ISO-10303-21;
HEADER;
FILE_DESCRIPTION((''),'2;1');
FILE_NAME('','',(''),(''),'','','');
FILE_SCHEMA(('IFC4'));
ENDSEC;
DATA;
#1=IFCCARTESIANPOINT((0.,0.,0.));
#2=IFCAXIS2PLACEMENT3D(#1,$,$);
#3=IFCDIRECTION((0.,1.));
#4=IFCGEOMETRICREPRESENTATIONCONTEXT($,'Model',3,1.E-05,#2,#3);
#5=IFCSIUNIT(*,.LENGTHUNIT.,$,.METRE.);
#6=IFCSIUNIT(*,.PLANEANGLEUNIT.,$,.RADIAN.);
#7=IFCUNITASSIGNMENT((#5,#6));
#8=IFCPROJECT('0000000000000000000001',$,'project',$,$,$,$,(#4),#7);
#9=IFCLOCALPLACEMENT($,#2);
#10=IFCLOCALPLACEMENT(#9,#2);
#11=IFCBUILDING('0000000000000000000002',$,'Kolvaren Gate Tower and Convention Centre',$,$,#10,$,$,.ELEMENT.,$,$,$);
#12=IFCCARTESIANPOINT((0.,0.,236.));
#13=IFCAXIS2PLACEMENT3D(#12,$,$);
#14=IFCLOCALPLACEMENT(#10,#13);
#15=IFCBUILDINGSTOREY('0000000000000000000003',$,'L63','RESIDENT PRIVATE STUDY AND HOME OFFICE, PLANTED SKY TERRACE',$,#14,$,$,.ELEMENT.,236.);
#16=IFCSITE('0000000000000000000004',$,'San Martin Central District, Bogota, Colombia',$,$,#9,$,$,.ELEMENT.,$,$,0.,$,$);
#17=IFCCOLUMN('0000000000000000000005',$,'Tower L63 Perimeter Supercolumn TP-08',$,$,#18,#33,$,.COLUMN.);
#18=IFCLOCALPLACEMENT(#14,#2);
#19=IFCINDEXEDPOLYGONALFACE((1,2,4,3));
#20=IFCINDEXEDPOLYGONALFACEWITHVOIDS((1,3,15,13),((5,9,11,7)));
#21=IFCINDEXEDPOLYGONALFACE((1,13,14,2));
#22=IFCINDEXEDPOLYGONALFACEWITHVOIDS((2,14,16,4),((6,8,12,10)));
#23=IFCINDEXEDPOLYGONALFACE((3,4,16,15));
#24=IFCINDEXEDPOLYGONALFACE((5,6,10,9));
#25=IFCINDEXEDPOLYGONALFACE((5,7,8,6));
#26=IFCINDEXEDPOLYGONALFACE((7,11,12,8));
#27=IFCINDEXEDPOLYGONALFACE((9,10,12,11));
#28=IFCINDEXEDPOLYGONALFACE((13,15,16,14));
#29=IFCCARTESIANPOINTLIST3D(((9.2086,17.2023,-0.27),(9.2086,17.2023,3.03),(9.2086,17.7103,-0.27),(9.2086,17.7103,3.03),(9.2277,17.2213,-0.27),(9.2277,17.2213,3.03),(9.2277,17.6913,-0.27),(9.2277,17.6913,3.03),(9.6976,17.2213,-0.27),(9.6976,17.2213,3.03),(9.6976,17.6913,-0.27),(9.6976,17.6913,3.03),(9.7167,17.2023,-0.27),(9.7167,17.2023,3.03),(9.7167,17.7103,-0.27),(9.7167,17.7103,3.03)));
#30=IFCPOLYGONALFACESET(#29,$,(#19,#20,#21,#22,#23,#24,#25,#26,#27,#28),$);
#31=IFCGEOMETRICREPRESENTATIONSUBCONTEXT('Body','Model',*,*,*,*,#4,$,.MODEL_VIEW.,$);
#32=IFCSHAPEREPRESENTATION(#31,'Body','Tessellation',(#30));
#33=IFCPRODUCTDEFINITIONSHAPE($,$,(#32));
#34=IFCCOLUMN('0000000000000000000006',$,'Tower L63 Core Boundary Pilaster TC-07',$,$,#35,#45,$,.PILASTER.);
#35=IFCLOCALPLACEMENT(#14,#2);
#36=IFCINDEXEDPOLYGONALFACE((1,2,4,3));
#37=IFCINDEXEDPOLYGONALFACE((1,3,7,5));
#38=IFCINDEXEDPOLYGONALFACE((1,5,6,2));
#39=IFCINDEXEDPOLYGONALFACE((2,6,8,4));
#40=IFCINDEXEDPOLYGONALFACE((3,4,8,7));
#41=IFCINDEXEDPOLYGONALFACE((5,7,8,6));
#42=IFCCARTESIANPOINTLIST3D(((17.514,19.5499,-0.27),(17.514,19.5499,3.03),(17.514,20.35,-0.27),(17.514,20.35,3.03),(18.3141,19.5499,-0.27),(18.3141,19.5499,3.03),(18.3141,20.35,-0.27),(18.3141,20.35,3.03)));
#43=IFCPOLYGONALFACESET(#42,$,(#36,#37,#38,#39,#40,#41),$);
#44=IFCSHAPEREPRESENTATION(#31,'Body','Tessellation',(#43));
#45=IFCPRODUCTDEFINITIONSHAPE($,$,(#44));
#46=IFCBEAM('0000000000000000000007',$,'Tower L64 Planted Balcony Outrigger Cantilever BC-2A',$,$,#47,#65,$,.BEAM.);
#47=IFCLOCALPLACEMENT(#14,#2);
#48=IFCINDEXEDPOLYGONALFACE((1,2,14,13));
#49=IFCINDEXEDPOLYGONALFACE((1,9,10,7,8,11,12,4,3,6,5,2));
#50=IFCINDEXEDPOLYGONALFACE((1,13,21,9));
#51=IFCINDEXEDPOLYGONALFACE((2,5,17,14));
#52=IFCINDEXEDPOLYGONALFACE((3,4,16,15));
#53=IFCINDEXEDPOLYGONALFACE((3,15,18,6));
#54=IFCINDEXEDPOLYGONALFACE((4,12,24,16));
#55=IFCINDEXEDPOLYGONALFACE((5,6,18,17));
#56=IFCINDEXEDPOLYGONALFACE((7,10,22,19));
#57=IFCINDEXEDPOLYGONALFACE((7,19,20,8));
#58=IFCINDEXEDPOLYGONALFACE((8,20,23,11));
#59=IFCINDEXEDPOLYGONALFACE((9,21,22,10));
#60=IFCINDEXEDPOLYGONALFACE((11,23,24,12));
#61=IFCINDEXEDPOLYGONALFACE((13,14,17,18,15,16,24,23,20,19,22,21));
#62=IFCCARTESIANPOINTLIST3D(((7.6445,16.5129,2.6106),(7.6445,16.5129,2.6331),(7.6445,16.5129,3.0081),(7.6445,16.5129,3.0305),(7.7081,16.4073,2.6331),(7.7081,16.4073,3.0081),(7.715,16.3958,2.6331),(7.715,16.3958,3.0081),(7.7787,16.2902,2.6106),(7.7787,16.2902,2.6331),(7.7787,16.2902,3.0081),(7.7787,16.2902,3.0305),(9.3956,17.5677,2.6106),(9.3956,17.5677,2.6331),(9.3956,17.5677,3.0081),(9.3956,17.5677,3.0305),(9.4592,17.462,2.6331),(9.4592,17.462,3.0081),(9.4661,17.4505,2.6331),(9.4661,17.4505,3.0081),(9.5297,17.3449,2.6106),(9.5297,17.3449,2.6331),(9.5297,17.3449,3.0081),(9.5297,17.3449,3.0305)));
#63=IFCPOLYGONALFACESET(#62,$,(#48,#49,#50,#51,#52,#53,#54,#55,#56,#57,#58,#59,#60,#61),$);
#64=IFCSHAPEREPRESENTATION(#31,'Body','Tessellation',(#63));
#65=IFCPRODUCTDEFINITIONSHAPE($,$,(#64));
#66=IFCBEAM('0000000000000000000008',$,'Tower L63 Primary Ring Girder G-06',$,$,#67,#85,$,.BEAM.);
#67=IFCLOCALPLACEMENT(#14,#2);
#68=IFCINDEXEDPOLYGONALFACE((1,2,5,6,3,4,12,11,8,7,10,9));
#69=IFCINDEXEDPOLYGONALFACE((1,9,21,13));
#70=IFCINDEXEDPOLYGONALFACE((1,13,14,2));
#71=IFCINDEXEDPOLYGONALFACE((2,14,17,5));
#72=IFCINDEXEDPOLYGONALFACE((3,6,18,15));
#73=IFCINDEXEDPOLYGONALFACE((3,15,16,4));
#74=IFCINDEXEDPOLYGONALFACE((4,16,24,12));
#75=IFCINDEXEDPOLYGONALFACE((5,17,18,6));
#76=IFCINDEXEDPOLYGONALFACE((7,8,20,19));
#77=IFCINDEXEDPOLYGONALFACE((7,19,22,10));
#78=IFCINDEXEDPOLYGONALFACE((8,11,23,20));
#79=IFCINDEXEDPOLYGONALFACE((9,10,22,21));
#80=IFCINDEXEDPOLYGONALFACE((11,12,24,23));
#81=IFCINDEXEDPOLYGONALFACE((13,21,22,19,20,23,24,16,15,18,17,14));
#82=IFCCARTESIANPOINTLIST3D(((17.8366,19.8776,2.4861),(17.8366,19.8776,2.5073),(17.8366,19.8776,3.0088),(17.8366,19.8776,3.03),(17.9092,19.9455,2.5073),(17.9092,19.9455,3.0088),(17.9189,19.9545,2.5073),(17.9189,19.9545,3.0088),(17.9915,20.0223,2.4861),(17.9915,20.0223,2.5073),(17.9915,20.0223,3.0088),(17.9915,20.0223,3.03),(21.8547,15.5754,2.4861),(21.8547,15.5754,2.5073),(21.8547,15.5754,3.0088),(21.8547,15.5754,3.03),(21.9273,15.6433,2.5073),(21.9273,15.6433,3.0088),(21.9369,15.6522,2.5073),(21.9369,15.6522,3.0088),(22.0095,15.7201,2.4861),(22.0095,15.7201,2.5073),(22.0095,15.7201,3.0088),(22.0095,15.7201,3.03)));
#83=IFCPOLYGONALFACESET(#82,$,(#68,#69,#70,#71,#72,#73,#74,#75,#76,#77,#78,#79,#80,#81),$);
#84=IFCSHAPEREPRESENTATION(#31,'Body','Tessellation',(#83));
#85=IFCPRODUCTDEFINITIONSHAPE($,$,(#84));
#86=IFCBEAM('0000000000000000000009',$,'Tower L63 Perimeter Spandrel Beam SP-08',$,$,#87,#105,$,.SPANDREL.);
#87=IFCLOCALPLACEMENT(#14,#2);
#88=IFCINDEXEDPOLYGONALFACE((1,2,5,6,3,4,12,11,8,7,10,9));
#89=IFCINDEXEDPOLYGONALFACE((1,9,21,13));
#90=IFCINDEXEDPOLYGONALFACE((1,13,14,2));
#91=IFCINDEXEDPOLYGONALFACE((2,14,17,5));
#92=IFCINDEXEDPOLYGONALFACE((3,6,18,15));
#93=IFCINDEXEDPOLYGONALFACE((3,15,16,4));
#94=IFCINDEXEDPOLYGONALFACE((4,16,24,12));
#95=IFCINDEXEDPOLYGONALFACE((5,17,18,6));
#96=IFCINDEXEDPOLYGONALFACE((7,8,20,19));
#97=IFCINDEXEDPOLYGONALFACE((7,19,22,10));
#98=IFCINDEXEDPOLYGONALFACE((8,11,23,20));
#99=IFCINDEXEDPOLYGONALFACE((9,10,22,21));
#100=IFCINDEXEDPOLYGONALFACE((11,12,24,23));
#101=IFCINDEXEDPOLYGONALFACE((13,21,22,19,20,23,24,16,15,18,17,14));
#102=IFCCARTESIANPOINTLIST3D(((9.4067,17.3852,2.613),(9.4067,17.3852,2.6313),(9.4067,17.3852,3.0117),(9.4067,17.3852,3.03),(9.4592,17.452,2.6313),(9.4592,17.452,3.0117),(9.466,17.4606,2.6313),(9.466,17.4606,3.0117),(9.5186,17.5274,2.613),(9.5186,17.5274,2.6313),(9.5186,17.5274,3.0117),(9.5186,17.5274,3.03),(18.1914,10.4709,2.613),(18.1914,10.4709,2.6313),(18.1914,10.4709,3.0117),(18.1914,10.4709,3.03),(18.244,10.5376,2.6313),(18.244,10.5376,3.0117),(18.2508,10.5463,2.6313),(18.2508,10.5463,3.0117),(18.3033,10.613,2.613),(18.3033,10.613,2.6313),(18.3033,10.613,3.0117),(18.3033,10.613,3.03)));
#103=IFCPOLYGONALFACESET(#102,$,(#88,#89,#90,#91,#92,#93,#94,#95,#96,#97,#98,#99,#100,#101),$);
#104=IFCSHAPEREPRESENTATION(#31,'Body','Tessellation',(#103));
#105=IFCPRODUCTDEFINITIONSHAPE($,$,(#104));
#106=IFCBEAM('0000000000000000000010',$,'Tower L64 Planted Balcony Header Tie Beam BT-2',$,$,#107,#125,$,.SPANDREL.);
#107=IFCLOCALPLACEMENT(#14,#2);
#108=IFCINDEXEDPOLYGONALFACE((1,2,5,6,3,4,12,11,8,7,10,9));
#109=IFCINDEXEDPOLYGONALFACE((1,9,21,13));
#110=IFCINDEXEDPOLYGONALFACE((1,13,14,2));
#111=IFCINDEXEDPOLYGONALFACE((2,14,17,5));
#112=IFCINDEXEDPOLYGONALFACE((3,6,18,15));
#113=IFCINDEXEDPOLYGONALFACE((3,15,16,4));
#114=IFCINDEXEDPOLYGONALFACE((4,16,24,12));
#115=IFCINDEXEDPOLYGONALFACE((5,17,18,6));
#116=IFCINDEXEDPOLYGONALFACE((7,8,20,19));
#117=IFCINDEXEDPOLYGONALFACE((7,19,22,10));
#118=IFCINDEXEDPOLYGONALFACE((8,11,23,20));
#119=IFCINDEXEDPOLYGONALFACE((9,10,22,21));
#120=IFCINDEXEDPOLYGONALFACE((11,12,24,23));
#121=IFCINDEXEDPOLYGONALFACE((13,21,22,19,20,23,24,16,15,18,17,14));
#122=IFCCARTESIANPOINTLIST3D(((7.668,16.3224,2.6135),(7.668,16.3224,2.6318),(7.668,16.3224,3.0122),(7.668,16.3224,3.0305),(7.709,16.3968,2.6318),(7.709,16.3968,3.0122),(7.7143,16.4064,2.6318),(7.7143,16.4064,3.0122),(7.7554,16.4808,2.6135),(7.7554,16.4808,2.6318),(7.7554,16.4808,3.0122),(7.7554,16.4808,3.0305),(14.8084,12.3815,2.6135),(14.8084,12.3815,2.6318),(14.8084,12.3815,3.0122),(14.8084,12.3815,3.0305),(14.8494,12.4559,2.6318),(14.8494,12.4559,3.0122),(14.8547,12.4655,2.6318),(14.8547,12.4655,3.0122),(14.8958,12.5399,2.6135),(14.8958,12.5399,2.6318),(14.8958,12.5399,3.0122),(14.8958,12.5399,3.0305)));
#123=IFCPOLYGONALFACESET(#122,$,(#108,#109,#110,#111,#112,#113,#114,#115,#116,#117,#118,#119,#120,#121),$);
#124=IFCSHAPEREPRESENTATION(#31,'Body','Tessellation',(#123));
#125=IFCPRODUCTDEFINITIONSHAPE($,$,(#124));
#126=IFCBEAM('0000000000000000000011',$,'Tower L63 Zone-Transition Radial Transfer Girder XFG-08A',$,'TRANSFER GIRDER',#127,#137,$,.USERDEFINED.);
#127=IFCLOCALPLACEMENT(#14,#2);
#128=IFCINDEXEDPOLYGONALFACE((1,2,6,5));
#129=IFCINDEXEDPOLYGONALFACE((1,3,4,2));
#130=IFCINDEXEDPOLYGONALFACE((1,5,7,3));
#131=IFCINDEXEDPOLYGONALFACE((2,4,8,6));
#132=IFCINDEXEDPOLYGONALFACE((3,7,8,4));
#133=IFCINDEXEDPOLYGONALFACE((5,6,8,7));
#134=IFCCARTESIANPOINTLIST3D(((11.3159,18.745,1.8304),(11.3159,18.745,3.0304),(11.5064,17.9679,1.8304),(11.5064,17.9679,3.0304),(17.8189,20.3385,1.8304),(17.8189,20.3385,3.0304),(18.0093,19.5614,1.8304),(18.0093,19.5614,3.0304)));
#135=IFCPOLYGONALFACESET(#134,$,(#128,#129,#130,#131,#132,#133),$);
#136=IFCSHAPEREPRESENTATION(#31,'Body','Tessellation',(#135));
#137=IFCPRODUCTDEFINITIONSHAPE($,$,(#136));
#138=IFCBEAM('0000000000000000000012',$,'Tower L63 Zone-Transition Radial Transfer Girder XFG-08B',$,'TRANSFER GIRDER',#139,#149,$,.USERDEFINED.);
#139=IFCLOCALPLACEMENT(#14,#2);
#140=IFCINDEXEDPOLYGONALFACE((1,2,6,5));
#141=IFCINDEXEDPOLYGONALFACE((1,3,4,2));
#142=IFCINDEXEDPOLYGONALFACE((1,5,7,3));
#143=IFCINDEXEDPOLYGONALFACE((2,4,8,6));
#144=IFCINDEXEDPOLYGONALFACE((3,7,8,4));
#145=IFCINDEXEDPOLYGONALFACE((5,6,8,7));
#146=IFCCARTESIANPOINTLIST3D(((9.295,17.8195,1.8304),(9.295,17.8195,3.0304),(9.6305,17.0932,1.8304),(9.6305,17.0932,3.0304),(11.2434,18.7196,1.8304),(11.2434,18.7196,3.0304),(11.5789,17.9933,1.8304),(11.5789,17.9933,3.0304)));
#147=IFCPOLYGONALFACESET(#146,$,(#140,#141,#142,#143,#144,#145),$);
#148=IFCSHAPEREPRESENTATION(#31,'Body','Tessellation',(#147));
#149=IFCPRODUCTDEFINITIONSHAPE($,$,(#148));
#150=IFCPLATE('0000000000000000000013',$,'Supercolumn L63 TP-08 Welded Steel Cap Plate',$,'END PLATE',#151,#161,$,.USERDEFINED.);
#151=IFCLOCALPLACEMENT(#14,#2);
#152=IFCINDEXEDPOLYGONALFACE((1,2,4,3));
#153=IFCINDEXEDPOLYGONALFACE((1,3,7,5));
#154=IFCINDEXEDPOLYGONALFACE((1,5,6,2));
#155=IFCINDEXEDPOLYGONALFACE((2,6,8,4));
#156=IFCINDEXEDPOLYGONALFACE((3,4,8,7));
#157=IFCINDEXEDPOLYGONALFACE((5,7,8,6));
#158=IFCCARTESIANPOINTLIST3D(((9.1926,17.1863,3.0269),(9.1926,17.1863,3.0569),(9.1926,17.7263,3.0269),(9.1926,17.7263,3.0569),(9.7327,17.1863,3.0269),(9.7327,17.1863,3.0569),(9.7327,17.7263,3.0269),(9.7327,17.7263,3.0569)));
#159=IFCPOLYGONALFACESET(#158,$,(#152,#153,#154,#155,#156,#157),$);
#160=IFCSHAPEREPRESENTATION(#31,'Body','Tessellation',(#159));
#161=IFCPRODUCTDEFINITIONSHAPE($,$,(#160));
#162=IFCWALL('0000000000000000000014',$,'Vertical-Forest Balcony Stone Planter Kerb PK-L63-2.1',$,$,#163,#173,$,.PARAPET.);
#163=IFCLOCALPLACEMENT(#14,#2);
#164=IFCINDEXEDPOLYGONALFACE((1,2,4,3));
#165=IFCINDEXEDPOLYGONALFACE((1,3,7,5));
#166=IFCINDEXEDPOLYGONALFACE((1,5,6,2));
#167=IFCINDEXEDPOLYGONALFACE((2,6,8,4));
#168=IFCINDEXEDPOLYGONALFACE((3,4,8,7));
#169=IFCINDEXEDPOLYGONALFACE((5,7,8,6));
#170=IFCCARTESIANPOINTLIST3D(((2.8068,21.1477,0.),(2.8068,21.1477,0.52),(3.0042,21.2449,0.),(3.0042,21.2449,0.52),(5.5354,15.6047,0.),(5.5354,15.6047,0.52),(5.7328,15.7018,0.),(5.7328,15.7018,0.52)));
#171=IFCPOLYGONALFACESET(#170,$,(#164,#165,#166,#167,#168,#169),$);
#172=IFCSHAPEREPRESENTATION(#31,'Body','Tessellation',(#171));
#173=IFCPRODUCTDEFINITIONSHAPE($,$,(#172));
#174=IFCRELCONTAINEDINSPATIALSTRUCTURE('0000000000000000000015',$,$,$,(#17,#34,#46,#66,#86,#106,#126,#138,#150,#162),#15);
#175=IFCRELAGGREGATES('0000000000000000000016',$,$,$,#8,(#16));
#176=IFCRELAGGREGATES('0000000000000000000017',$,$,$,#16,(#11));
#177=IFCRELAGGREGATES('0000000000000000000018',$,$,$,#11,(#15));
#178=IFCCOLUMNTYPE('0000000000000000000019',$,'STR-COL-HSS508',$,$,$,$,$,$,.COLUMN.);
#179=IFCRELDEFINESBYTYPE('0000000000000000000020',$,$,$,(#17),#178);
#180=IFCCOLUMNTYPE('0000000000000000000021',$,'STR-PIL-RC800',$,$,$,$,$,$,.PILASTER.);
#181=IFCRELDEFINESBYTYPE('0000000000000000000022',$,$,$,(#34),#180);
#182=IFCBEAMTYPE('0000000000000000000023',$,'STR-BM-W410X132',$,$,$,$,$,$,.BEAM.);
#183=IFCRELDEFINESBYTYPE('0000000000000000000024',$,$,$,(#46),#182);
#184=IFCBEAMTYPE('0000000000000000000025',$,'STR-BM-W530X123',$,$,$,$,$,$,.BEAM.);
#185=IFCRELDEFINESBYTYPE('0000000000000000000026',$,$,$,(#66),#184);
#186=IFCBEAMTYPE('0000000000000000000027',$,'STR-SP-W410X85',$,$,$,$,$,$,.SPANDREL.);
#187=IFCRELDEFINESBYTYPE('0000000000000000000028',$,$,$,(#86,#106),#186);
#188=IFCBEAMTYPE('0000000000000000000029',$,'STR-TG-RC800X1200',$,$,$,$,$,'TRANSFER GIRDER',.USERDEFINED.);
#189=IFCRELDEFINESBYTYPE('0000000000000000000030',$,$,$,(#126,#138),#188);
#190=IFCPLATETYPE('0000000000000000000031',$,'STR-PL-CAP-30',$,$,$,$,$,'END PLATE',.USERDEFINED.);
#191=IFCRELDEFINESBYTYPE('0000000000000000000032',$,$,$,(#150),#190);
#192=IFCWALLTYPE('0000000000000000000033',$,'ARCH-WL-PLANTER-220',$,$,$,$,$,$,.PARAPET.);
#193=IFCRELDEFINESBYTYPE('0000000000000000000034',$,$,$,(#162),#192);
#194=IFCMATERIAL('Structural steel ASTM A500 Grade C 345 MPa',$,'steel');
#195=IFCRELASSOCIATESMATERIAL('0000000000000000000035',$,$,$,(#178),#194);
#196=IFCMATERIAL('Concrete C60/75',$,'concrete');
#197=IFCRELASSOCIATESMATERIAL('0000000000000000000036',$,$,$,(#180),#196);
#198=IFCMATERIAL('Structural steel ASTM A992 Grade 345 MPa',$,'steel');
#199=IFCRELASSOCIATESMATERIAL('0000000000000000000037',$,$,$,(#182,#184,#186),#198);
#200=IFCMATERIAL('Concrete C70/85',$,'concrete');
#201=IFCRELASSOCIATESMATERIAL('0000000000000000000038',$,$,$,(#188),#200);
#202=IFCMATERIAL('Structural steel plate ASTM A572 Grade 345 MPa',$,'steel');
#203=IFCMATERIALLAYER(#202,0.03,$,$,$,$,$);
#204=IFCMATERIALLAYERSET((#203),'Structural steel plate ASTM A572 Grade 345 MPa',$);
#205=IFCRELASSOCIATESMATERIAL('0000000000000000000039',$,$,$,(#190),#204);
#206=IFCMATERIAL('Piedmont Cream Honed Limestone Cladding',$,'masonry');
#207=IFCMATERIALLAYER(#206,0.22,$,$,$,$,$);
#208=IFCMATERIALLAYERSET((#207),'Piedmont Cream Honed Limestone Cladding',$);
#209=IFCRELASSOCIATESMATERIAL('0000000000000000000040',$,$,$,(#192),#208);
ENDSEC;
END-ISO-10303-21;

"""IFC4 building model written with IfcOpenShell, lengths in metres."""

from ifc_helpers import new_model, si_unit, direction, frame, frame_2d, origin, origin_2d, place, context, subcontext, project, spatial, rectangle, hollow_rectangle, i_section, extrude, material, layer, layer_set, material_profile, profile_set, type_object, element, save


model = new_model("IFC4")

# Units and contexts
model_context = context("Model", 3, precision=1e-05, world=origin(), true_north=direction((0.0, 1.0)))
body_context = subcontext(model_context, "Body", "Model", "MODEL_VIEW")
ifc_project = project(units=[si_unit("LENGTHUNIT", "METRE"), si_unit("PLANEANGLEUNIT", "RADIAN")], contexts=[model_context])

# Site, building, storey
site_placement = place(None, origin())
site = spatial("IfcSite", under=ifc_project, at=site_placement, Name="San Martin Central District, Bogota, Colombia", CompositionType="ELEMENT", RefElevation=0.0)
building_placement = place(site_placement, origin())
building = spatial("IfcBuilding", under=site, at=building_placement, Name="Kolvaren Gate Tower and Convention Centre", CompositionType="ELEMENT")
storey_placement = place(building_placement, frame((0.0, 0.0, 236.0)))
storey = spatial("IfcBuildingStorey", under=building, at=storey_placement, Name="L63", Description="RESIDENT PRIVATE STUDY AND HOME OFFICE, PLANTED SKY TERRACE", CompositionType="ELEMENT", Elevation=236.0)

# Columns
ifc_material_1 = material(Name="Structural steel ASTM A500 Grade C 345 MPa", Category="steel")
ifc_material_profile_1 = material_profile(ifc_material_1, hollow_rectangle(XDim=0.5081, YDim=0.5081, WallThickness=0.019, at=origin_2d()), Name="HSS508X508X19.1")
ifc_profile_set_1 = profile_set([ifc_material_profile_1], Name="Structural steel ASTM A500 Grade C 345 MPa")
column_type_1 = type_object("IfcColumnType", Name="STR-COL-HSS508", PredefinedType="COLUMN", material=ifc_profile_set_1)
column_1_placement = place(storey_placement, frame((9.4626, 17.4563, -0.27), z_axis=(0.0, 0.0, 1.0), x_axis=(1.0, 0.0, 0.0)))
element("IfcColumn", 1, at=column_1_placement, inside=storey, type_object=column_type_1, Name="Tower L63 Perimeter Supercolumn TP-08", PredefinedType="COLUMN", context=body_context, shape_type="SweptSolid", body=[
    extrude(hollow_rectangle(XDim=0.5081, YDim=0.5081, WallThickness=0.019, at=origin_2d()), origin(), (0.0, 0.0, 1.0), 3.3),
])
ifc_material_2 = material(Name="Concrete C60/75", Category="concrete")
ifc_material_profile_2 = material_profile(ifc_material_2, rectangle(XDim=0.8, YDim=0.8, at=origin_2d()), Name="RC-COL-800X800")
ifc_profile_set_2 = profile_set([ifc_material_profile_2], Name="Concrete C60/75")
column_type_2 = type_object("IfcColumnType", Name="STR-PIL-RC800", PredefinedType="PILASTER", material=ifc_profile_set_2)
column_2_placement = place(storey_placement, frame((17.9141, 19.95, -0.27), z_axis=(0.0, 0.0, 1.0), x_axis=(1.0, 0.0, 0.0)))
element("IfcColumn", 2, at=column_2_placement, inside=storey, type_object=column_type_2, Name="Tower L63 Core Boundary Pilaster TC-07", PredefinedType="PILASTER", context=body_context, shape_type="SweptSolid", body=[
    extrude(rectangle(XDim=0.8, YDim=0.8, at=origin_2d()), origin(), (0.0, 0.0, 1.0), 3.3),
])

# Beams
ifc_material_3 = material(Name="Structural steel ASTM A992 Grade 345 MPa", Category="steel")
ifc_material_profile_3 = material_profile(ifc_material_3, i_section(OverallWidth=0.26, OverallDepth=0.4199, WebThickness=0.0134, FlangeThickness=0.0225, at=origin_2d()), Name="W410X132")
ifc_profile_set_3 = profile_set([ifc_material_profile_3], Name="Structural steel ASTM A992 Grade 345 MPa")
beam_type_1 = type_object("IfcBeamType", Name="STR-BM-W410X132", PredefinedType="BEAM", material=ifc_profile_set_3)
beam_1_placement = place(storey_placement, frame((9.4626, 17.4563, 2.8206), z_axis=(-0.856606, -0.51597, 0.0), x_axis=(0.51597, -0.856606, 0.0)))
element("IfcBeam", 3, at=beam_1_placement, inside=storey, type_object=beam_type_1, Name="Tower L64 Planted Balcony Outrigger Cantilever BC-2A", PredefinedType="BEAM", context=body_context, shape_type="SweptSolid", body=[
    extrude(i_section(OverallWidth=0.26, OverallDepth=0.4199, WebThickness=0.0134, FlangeThickness=0.0225, at=origin_2d()), origin(), (0.0, 0.0, 1.0), 2.0442),
])
ifc_material_profile_4 = material_profile(ifc_material_3, i_section(OverallWidth=0.2119, OverallDepth=0.5439, WebThickness=0.0132, FlangeThickness=0.0212, at=origin_2d()), Name="W530X123")
ifc_profile_set_4 = profile_set([ifc_material_profile_4], Name="Structural steel ASTM A992 Grade 345 MPa")
beam_type_2 = type_object("IfcBeamType", Name="STR-BM-W530X123", PredefinedType="BEAM", material=ifc_profile_set_4)
beam_2_placement = place(storey_placement, frame((17.9141, 19.95, 2.7581), z_axis=(0.682558, -0.730832, 0.0), x_axis=(0.730832, 0.682558, 0.0)))
element("IfcBeam", 4, at=beam_2_placement, inside=storey, type_object=beam_type_2, Name="Tower L63 Primary Ring Girder G-06", PredefinedType="BEAM", context=body_context, shape_type="SweptSolid", body=[
    extrude(i_section(OverallWidth=0.2119, OverallDepth=0.5439, WebThickness=0.0132, FlangeThickness=0.0212, at=origin_2d()), origin(), (0.0, 0.0, 1.0), 5.8867),
])
ifc_material_profile_5 = material_profile(ifc_material_3, i_section(OverallWidth=0.1809, OverallDepth=0.417, WebThickness=0.011, FlangeThickness=0.0183, at=origin_2d()), Name="W410X85")
ifc_profile_set_5 = profile_set([ifc_material_profile_5], Name="Structural steel ASTM A992 Grade 345 MPa")
beam_type_3 = type_object("IfcBeamType", Name="STR-SP-W410X85", PredefinedType="SPANDREL", material=ifc_profile_set_5)
beam_3_placement = place(storey_placement, frame((9.4626, 17.4563, 2.8215), z_axis=(0.785794, -0.618489, 0.0), x_axis=(0.618489, 0.785794, 0.0)))
element("IfcBeam", 5, at=beam_3_placement, inside=storey, type_object=beam_type_3, Name="Tower L63 Perimeter Spandrel Beam SP-08", PredefinedType="SPANDREL", context=body_context, shape_type="SweptSolid", body=[
    extrude(i_section(OverallWidth=0.1809, OverallDepth=0.417, WebThickness=0.011, FlangeThickness=0.0183, at=origin_2d()), origin(), (0.0, 0.0, 1.0), 11.1794),
])
beam_4_placement = place(storey_placement, frame((7.7117, 16.4016, 2.822), z_axis=(0.875505, -0.483209, 0.0), x_axis=(0.483209, 0.875505, 0.0)))
element("IfcBeam", 6, at=beam_4_placement, inside=storey, type_object=beam_type_3, Name="Tower L64 Planted Balcony Header Tie Beam BT-2", PredefinedType="SPANDREL", context=body_context, shape_type="SweptSolid", body=[
    extrude(i_section(OverallWidth=0.1809, OverallDepth=0.417, WebThickness=0.011, FlangeThickness=0.0183, at=origin_2d()), origin(), (0.0, 0.0, 1.0), 8.1558),
])
ifc_material_4 = material(Name="Concrete C70/85", Category="concrete")
ifc_material_profile_6 = material_profile(ifc_material_4, rectangle(XDim=0.8, YDim=1.2, at=origin_2d()), Name="RC-BM-800X1200")
ifc_profile_set_6 = profile_set([ifc_material_profile_6], Name="Concrete C70/85")
beam_type_4 = type_object("IfcBeamType", Name="STR-TG-RC800X1200", ElementType="TRANSFER GIRDER", PredefinedType="USERDEFINED", material=ifc_profile_set_6)
beam_5_placement = place(storey_placement, frame((17.9141, 19.95, 2.4304), z_axis=(-0.971264, -0.238003, 0.0), x_axis=(0.238003, -0.971264, 0.0)))
element("IfcBeam", 7, at=beam_5_placement, inside=storey, type_object=beam_type_4, Name="Tower L63 Zone-Transition Radial Transfer Girder XFG-08A", ObjectType="TRANSFER GIRDER", PredefinedType="USERDEFINED", context=body_context, shape_type="SweptSolid", body=[
    extrude(rectangle(XDim=0.8, YDim=1.2, at=origin_2d()), origin(), (0.0, 0.0, 1.0), 6.6953),
])
beam_6_placement = place(storey_placement, frame((11.4111, 18.3564, 2.4304), z_axis=(-0.90781, -0.419383, 0.0), x_axis=(0.419383, -0.90781, 0.0)))
element("IfcBeam", 8, at=beam_6_placement, inside=storey, type_object=beam_type_4, Name="Tower L63 Zone-Transition Radial Transfer Girder XFG-08B", ObjectType="TRANSFER GIRDER", PredefinedType="USERDEFINED", context=body_context, shape_type="SweptSolid", body=[
    extrude(rectangle(XDim=0.8, YDim=1.2, at=origin_2d()), origin(), (0.0, 0.0, 1.0), 2.1462),
])

# Plate
ifc_material_5 = material(Name="Structural steel plate ASTM A572 Grade 345 MPa", Category="steel")
ifc_layer_1 = layer(ifc_material_5, 0.03)
ifc_layer_set_1 = layer_set([ifc_layer_1], Name="Structural steel plate ASTM A572 Grade 345 MPa")
plate_type = type_object("IfcPlateType", Name="STR-PL-CAP-30", ElementType="END PLATE", PredefinedType="USERDEFINED", material=ifc_layer_set_1)
plate_placement = place(storey_placement, frame((9.4626, 17.4563, 3.0269), z_axis=(0.0, 0.0, 1.0), x_axis=(1.0, 0.0, 0.0)))
element("IfcPlate", 9, at=plate_placement, inside=storey, type_object=plate_type, Name="Supercolumn L63 TP-08 Welded Steel Cap Plate", ObjectType="END PLATE", PredefinedType="USERDEFINED", context=body_context, shape_type="SweptSolid", body=[
    extrude(rectangle(XDim=0.54, YDim=0.54, at=origin_2d()), origin(), (0.0, 0.0, 1.0), 0.03),
])

# Wall
ifc_material_6 = material(Name="Piedmont Cream Honed Limestone Cladding", Category="masonry")
ifc_layer_2 = layer(ifc_material_6, 0.22)
ifc_layer_set_2 = layer_set([ifc_layer_2], Name="Piedmont Cream Honed Limestone Cladding")
wall_type_1 = type_object("IfcWallType", Name="ARCH-WL-PLANTER-220", PredefinedType="PARAPET", material=ifc_layer_set_2)
wall_1_placement = place(storey_placement, frame((2.9055, 21.1963, 0.0), z_axis=(0.0, 0.0, 1.0), x_axis=(0.441641, -0.897192, 0.0)))
element("IfcWall", 10, at=wall_1_placement, inside=storey, type_object=wall_type_1, Name="Vertical-Forest Balcony Stone Planter Kerb PK-L63-2.1", PredefinedType="PARAPET", context=body_context, shape_type="SweptSolid", body=[
    extrude(rectangle(XDim=6.1782, YDim=0.22, at=frame_2d((3.0891, 0.0))), origin(), (0.0, 0.0, 1.0), 0.52),
])

save(model, "model.ifc")
